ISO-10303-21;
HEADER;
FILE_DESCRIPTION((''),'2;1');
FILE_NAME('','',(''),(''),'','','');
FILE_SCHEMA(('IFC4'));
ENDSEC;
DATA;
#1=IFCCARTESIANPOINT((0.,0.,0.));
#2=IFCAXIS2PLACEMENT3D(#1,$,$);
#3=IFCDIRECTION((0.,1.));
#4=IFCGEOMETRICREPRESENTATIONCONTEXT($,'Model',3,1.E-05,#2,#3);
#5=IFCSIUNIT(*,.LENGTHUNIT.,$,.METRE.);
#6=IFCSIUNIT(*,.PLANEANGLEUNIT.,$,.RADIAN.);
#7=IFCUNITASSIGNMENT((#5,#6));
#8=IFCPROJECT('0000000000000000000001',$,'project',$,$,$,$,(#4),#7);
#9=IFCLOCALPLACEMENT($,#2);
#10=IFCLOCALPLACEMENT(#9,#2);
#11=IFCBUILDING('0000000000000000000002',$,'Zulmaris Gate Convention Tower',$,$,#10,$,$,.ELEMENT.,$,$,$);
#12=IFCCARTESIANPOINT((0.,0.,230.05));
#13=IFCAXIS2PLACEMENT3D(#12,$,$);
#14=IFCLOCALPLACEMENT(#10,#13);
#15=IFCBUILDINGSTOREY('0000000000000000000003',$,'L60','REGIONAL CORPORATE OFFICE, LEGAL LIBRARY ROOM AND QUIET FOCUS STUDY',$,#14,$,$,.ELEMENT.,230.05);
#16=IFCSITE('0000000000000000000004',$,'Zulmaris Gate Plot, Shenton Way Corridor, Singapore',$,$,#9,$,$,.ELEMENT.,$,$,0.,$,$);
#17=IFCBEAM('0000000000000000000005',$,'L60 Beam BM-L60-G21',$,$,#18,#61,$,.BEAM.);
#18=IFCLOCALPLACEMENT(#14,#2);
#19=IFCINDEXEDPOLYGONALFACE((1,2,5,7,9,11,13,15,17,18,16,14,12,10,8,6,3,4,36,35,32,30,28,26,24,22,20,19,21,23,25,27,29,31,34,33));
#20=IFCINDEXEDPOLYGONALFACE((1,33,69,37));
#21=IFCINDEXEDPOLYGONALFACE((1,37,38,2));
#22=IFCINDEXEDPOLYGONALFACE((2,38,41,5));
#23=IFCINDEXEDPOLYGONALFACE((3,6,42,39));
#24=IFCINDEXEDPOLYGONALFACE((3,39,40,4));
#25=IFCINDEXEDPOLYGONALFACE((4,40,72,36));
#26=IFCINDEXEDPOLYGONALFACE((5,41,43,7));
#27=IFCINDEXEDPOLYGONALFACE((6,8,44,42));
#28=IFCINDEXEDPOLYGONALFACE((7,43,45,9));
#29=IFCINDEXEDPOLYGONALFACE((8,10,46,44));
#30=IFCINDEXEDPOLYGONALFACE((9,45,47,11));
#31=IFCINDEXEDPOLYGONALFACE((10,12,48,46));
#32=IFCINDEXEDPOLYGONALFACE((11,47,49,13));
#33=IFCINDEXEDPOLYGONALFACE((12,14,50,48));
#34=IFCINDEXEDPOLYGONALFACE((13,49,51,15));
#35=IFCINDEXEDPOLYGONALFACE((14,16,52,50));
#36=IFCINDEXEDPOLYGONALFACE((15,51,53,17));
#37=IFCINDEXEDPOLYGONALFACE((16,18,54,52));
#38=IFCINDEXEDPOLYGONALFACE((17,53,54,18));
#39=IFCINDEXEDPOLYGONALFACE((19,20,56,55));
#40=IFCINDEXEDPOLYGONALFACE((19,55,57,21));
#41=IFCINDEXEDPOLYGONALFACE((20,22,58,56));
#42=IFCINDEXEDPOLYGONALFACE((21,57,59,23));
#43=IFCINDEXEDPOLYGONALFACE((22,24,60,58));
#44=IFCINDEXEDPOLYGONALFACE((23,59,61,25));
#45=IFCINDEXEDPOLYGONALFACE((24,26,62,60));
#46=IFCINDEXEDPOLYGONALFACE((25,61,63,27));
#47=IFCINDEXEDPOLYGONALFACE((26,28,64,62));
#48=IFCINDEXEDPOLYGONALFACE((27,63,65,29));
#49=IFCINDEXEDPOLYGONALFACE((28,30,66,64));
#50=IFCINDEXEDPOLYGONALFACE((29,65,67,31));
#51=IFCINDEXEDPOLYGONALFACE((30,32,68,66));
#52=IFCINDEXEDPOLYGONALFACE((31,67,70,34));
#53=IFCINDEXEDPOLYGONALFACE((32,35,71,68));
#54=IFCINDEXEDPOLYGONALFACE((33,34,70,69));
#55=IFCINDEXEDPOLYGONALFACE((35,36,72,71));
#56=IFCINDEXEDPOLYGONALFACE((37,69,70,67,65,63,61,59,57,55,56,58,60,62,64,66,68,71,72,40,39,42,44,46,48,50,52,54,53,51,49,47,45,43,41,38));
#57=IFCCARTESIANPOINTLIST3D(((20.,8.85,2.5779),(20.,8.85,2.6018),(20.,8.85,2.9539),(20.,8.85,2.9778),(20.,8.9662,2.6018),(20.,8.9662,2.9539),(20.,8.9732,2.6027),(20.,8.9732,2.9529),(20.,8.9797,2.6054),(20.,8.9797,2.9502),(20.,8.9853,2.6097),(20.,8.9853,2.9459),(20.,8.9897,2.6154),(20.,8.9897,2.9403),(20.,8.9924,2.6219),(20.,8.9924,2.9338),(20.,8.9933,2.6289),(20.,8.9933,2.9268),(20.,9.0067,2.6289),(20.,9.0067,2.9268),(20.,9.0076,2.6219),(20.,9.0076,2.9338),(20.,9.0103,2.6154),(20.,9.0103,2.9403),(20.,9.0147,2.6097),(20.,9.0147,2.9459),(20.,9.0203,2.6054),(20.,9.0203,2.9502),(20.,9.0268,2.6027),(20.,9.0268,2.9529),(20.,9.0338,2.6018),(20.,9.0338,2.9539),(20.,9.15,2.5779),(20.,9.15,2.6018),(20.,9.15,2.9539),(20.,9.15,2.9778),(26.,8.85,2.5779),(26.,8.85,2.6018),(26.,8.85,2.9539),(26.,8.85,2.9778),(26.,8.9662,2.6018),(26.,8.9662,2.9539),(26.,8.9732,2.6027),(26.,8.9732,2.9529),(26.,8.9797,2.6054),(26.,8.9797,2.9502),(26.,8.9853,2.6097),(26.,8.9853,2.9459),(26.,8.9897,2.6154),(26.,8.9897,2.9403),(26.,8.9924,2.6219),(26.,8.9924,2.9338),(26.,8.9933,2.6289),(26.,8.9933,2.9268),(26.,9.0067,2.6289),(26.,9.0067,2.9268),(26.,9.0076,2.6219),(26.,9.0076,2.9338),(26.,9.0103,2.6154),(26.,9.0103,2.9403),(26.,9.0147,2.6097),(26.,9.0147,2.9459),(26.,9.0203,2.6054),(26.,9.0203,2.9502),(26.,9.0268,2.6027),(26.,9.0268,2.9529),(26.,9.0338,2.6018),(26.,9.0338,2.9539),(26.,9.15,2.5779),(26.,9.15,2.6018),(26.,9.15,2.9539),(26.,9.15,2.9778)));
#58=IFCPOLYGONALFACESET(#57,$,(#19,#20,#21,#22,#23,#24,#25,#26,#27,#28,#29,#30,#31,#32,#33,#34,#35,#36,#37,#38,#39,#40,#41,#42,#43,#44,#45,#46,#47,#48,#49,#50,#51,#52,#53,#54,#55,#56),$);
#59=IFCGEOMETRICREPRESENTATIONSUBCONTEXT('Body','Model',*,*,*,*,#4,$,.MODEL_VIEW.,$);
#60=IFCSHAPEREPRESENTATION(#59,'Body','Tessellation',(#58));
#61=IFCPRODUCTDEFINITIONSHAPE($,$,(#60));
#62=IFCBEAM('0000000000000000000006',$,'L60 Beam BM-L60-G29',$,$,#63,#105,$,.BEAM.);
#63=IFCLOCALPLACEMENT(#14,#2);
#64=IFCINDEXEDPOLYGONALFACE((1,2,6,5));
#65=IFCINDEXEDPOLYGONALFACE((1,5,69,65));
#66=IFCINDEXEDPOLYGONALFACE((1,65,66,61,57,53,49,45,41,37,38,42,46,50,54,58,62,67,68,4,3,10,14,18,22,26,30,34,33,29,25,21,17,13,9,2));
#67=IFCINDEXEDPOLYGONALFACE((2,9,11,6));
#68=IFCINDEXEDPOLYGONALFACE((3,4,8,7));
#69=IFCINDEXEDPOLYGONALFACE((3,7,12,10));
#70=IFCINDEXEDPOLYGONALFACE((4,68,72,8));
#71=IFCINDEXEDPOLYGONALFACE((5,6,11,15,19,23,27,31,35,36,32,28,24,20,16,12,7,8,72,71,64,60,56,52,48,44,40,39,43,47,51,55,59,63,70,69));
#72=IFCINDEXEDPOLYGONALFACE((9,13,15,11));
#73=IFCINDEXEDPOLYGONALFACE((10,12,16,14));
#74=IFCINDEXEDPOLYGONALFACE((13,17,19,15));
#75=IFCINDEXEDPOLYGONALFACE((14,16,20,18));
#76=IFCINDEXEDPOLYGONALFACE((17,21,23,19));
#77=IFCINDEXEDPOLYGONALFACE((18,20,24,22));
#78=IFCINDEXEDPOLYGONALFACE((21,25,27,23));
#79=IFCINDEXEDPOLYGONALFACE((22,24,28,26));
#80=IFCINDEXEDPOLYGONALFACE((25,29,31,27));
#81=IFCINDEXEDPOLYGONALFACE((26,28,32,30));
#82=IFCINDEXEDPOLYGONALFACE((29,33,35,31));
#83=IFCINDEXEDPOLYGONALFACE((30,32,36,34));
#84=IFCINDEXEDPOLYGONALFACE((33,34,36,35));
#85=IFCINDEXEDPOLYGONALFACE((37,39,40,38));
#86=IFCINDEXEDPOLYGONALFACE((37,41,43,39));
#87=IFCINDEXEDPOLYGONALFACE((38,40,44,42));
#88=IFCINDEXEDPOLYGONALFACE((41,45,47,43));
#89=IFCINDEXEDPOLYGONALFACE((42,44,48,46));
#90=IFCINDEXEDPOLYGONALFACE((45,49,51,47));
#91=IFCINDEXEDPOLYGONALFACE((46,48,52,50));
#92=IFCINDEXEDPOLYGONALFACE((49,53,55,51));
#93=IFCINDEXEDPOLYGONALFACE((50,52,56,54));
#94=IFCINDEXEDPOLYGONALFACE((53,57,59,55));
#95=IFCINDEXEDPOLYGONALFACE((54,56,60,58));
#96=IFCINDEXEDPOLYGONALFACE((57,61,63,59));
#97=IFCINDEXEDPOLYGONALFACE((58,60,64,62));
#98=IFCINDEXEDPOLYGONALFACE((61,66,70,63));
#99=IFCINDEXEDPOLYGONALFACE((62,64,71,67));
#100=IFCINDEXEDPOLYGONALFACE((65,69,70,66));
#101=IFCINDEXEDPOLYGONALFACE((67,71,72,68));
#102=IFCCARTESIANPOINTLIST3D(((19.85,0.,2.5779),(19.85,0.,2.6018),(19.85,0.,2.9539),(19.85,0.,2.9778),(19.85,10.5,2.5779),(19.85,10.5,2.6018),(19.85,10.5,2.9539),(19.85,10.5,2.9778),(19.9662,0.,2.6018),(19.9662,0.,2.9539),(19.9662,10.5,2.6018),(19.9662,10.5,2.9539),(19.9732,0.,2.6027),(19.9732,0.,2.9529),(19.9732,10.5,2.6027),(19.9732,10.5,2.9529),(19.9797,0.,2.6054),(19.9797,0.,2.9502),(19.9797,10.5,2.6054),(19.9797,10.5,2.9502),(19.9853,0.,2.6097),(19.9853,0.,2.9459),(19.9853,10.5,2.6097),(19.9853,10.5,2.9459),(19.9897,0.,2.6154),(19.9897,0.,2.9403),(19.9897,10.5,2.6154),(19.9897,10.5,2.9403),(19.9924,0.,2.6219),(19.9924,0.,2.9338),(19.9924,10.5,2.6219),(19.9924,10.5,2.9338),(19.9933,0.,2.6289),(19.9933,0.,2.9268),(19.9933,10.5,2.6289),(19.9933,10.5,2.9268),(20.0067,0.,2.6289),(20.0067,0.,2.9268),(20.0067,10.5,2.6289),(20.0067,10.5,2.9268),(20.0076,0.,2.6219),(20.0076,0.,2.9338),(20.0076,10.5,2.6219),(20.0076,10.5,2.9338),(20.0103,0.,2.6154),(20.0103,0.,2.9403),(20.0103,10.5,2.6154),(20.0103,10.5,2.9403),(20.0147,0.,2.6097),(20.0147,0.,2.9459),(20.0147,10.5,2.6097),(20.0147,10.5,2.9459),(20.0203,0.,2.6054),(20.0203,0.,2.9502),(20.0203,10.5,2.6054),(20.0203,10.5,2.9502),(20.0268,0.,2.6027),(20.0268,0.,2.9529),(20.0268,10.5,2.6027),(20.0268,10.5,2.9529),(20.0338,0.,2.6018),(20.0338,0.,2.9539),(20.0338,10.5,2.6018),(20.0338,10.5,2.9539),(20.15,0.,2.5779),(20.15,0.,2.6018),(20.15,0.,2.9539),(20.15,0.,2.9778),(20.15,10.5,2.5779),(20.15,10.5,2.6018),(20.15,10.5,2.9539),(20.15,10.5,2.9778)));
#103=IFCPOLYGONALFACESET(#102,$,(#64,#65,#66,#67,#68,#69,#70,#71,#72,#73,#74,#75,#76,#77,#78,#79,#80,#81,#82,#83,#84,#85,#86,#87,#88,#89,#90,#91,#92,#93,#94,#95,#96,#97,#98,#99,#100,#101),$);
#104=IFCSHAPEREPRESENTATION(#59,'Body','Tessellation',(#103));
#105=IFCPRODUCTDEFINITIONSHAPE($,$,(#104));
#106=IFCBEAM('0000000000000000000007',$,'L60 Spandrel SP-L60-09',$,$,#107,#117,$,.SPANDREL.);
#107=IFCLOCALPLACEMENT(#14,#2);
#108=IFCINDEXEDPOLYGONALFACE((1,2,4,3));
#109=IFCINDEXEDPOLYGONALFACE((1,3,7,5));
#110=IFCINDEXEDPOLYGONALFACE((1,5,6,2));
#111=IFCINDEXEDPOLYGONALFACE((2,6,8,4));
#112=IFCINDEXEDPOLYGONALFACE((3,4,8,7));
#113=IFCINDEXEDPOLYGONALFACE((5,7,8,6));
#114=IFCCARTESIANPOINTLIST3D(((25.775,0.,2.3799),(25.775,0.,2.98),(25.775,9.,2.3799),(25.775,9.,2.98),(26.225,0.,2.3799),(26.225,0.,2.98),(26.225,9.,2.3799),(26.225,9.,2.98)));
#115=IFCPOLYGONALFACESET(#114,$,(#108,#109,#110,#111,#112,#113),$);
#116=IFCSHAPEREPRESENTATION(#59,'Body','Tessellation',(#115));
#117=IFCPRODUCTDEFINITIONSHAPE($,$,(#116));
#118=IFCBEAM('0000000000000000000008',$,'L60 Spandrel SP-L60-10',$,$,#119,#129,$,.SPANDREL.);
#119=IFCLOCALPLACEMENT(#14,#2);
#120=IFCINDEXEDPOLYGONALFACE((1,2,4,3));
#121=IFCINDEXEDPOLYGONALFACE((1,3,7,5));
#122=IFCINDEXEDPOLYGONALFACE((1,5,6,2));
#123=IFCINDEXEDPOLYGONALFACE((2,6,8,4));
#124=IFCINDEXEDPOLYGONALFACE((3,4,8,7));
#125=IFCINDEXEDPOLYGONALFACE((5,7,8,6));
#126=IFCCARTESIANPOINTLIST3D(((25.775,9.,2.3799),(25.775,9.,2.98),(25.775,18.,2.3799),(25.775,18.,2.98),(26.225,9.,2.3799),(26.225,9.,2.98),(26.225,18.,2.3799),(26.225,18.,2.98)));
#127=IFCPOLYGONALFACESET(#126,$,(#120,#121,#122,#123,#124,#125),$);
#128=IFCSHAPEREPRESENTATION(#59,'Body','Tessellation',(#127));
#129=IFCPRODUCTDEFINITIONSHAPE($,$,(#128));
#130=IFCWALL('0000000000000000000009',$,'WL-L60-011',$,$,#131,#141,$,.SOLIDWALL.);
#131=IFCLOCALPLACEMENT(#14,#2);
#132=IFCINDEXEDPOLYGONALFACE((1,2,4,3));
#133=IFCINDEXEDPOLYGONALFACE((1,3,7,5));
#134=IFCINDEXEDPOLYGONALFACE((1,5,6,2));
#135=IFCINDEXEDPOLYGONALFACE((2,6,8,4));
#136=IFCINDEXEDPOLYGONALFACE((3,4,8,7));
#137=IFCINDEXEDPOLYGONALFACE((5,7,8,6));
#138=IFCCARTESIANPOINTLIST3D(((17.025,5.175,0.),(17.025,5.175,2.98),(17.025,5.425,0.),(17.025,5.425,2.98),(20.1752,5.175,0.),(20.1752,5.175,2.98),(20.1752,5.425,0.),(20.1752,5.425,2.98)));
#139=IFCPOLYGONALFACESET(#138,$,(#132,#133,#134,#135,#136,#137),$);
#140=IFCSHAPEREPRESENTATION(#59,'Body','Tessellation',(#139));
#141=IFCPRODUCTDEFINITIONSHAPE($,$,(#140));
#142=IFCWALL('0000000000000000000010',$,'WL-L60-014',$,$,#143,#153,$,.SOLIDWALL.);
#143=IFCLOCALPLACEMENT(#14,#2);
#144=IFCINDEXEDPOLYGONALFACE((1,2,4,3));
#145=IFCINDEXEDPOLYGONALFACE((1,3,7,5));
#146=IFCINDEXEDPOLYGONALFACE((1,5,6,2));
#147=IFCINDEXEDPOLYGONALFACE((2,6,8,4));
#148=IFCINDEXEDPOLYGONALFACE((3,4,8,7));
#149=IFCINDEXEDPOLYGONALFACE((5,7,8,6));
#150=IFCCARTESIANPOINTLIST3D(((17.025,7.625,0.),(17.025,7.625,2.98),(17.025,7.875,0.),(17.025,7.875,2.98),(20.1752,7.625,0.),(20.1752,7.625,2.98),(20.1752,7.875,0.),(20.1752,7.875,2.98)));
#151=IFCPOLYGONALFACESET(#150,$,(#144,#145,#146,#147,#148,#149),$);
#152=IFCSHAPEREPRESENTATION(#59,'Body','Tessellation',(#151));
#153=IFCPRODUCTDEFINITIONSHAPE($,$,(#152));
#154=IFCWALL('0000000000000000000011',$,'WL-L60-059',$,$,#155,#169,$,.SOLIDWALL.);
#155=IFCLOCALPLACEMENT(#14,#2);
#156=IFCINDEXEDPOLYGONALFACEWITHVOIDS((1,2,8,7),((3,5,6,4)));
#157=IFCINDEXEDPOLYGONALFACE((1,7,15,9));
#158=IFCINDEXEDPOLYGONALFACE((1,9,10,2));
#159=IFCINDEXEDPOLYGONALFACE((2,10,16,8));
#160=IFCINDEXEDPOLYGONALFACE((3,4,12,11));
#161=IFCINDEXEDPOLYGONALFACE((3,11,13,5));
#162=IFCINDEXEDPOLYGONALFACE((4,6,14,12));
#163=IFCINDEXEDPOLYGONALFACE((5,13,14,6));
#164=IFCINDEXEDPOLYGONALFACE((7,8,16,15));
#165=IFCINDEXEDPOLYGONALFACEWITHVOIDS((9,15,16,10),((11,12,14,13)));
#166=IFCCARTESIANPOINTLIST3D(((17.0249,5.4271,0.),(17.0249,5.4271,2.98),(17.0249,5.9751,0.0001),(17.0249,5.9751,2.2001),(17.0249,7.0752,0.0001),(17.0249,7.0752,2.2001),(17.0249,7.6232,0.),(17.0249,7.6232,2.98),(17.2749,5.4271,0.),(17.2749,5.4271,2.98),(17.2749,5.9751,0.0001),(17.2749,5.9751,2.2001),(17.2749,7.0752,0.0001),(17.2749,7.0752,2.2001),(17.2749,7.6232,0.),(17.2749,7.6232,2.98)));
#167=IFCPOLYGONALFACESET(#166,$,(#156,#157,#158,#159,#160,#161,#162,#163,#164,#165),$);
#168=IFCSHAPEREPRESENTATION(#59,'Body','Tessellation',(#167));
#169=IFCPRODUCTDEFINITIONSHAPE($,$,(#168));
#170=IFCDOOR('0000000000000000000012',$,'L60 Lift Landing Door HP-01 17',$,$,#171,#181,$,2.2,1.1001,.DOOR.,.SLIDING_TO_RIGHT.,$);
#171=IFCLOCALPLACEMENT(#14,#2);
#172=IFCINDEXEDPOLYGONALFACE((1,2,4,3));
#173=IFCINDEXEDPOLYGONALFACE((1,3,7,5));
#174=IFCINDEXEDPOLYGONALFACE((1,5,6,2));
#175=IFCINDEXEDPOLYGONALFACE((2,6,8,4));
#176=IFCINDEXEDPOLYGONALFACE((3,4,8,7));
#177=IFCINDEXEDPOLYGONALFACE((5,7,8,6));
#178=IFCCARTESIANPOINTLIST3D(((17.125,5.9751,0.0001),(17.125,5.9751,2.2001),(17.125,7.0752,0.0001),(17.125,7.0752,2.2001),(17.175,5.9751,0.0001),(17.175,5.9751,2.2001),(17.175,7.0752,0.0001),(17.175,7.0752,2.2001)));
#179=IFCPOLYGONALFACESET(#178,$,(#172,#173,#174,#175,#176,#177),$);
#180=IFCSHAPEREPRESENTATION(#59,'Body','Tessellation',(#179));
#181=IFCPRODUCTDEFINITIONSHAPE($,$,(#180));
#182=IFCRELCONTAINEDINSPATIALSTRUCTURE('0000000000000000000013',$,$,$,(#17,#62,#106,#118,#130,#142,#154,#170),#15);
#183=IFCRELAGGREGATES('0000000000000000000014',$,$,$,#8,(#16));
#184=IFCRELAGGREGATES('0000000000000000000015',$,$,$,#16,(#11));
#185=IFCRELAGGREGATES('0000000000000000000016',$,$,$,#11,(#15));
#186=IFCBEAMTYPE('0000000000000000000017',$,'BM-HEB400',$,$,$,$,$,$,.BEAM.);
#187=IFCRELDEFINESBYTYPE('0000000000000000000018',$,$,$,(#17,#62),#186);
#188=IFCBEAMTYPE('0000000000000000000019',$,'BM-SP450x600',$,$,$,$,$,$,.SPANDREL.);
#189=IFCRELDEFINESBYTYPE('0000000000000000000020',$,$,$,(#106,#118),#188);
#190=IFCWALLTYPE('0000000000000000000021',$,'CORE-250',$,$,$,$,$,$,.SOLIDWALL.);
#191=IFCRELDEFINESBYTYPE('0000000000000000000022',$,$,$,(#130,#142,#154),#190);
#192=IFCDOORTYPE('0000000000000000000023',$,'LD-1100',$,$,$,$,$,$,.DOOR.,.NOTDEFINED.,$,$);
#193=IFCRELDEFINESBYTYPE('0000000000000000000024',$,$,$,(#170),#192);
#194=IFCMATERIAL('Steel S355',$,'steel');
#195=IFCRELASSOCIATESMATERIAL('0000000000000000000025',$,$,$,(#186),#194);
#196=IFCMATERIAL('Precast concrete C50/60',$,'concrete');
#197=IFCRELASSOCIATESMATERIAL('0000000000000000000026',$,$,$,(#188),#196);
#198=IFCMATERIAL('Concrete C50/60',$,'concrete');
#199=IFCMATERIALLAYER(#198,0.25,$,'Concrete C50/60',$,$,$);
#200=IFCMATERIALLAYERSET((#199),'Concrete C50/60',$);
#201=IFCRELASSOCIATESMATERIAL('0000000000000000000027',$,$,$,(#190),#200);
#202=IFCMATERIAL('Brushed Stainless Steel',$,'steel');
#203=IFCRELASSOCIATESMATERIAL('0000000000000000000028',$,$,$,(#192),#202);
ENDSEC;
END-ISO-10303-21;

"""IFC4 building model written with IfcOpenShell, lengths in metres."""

from ifc_helpers import new_model, si_unit, direction, frame, frame_2d, origin, origin_2d, place, context, subcontext, project, spatial, rectangle, i_section, extrude, material, layer, layer_set, material_profile, profile_set, type_object, element, fill, save


model = new_model("IFC4")

# Units and contexts
model_context = context("Model", 3, precision=1e-05, world=origin(), true_north=direction((0.0, 1.0)))
body_context = subcontext(model_context, "Body", "Model", "MODEL_VIEW")
ifc_project = project(units=[si_unit("LENGTHUNIT", "METRE"), si_unit("PLANEANGLEUNIT", "RADIAN")], contexts=[model_context])

# Site, building, storey
site_placement = place(None, origin())
site = spatial("IfcSite", under=ifc_project, at=site_placement, Name="Zulmaris Gate Plot, Shenton Way Corridor, Singapore", CompositionType="ELEMENT", RefElevation=0.0)
building_placement = place(site_placement, origin())
building = spatial("IfcBuilding", under=site, at=building_placement, Name="Zulmaris Gate Convention Tower", CompositionType="ELEMENT")
storey_placement = place(building_placement, frame((0.0, 0.0, 230.05)))
storey = spatial("IfcBuildingStorey", under=building, at=storey_placement, Name="L60", Description="REGIONAL CORPORATE OFFICE, LEGAL LIBRARY ROOM AND QUIET FOCUS STUDY", CompositionType="ELEMENT", Elevation=230.05)

# Shared definitions
ifc_material_1 = material(Name="Concrete C50/60", Category="concrete")

# Beams
ifc_material_2 = material(Name="Steel S355", Category="steel")
ifc_material_profile_1 = material_profile(ifc_material_2, i_section(OverallWidth=0.3, OverallDepth=0.3999, WebThickness=0.0134, FlangeThickness=0.0239, FilletRadius=0.0271, at=origin_2d()), Name="HEB 400")
ifc_profile_set_1 = profile_set([ifc_material_profile_1], Name="Steel S355")
beam_type_1 = type_object("IfcBeamType", Name="BM-HEB400", PredefinedType="BEAM", material=ifc_profile_set_1)
for number, where, z_axis, x_axis, name in (
    (1, (20.0, 9.0, 2.7778), (1.0, 0.0, 0.0), (0.0, 1.0, 0.0), "L60 Beam BM-L60-G21"),
):
    element("IfcBeam", number, at=place(storey_placement, frame(where, z_axis=z_axis, x_axis=x_axis)), inside=storey, type_object=beam_type_1, Name=name, PredefinedType="BEAM", context=body_context, shape_type="SweptSolid", body=[
        extrude(i_section(OverallWidth=0.3, OverallDepth=0.3999, WebThickness=0.0134, FlangeThickness=0.0239, FilletRadius=0.0271, at=origin_2d()), origin(), (0.0, 0.0, 1.0), 6.0),
    ])
beam_placement = place(storey_placement, frame((20.0, 0.0, 2.7778), z_axis=(0.0, 1.0, 0.0), x_axis=(-1.0, 0.0, 0.0)))
element("IfcBeam", 2, at=beam_placement, inside=storey, type_object=beam_type_1, Name="L60 Beam BM-L60-G29", PredefinedType="BEAM", context=body_context, shape_type="SweptSolid", body=[
    extrude(i_section(OverallWidth=0.3, OverallDepth=0.3999, WebThickness=0.0134, FlangeThickness=0.0239, FilletRadius=0.0271, at=origin_2d()), origin(), (0.0, 0.0, 1.0), 10.5),
])
ifc_material_3 = material(Name="Precast concrete C50/60", Category="concrete")
ifc_material_profile_2 = material_profile(ifc_material_3, rectangle(XDim=0.45, YDim=0.6001, at=origin_2d()), Name="RC SPANDREL 450x600")
ifc_profile_set_2 = profile_set([ifc_material_profile_2], Name="Precast concrete C50/60")
beam_type_2 = type_object("IfcBeamType", Name="BM-SP450x600", PredefinedType="SPANDREL", material=ifc_profile_set_2)
for number, where, z_axis, x_axis, name in (
    (3, (26.0, 0.0, 2.6799), (0.0, 1.0, 0.0), (-1.0, 0.0, 0.0), "L60 Spandrel SP-L60-09"),
    (4, (26.0, 9.0, 2.6799), (0.0, 1.0, 0.0), (-1.0, 0.0, 0.0), "L60 Spandrel SP-L60-10"),
):
    element("IfcBeam", number, at=place(storey_placement, frame(where, z_axis=z_axis, x_axis=x_axis)), inside=storey, type_object=beam_type_2, Name=name, PredefinedType="SPANDREL", context=body_context, shape_type="SweptSolid", body=[
        extrude(rectangle(XDim=0.45, YDim=0.6001, at=origin_2d()), origin(), (0.0, 0.0, 1.0), 9.0),
    ])

# Walls
ifc_layer_1 = layer(ifc_material_1, 0.25, Name="Concrete C50/60")
ifc_layer_set_1 = layer_set([ifc_layer_1], Name="Concrete C50/60")
wall_type_1 = type_object("IfcWallType", Name="CORE-250", PredefinedType="SOLIDWALL", material=ifc_layer_set_1)
for number, where, z_axis, x_axis, name in (
    (5, (17.0249, 5.3, 0.0), (0.0, 0.0, 1.0), (1.0, 0.0, 0.0), "WL-L60-011"),
    (6, (17.0249, 7.75, 0.0), (0.0, 0.0, 1.0), (1.0, 0.0, 0.0), "WL-L60-014"),
):
    element("IfcWall", number, at=place(storey_placement, frame(where, z_axis=z_axis, x_axis=x_axis)), inside=storey, type_object=wall_type_1, Name=name, PredefinedType="SOLIDWALL", context=body_context, shape_type="SweptSolid", body=[
        extrude(rectangle(XDim=3.1501, YDim=0.25, at=frame_2d((1.5752, 0.0))), origin(), (0.0, 0.0, 1.0), 2.98),
    ])

# Wall, opening, door
wall_1_placement = place(storey_placement, frame((17.1499, 5.427, 0.0), z_axis=(0.0, 0.0, 1.0), x_axis=(0.0, 1.0, 0.0)))
wall_1 = element("IfcWall", 7, at=wall_1_placement, inside=storey, type_object=wall_type_1, Name="WL-L60-059", PredefinedType="SOLIDWALL", context=body_context, shape_type="SweptSolid", body=[
    extrude(rectangle(XDim=2.196, YDim=0.25, at=frame_2d((1.0981, 0.0))), origin(), (0.0, 0.0, 1.0), 2.98),
])
opening_1_placement = place(wall_1_placement, frame((0.5481, 0.0, 0.0)))
opening_1 = element("IfcOpeningElement", 8, at=opening_1_placement, cuts=wall_1, PredefinedType="OPENING", context=body_context, shape_type="SweptSolid", body=[
    extrude(rectangle(XDim=1.1001, YDim=2.2, at=frame_2d((0.55, 1.1001))), frame((0.0, 0.135, 0.0), z_axis=(0.0, -1.0, 0.0), x_axis=(1.0, 0.0, 0.0)), (0.0, 0.0, 1.0), 0.27),
])
ifc_material_4 = material(Name="Brushed Stainless Steel", Category="steel")
door_type = type_object("IfcDoorType", Name="LD-1100", OperationType="NOTDEFINED", PredefinedType="DOOR", material=ifc_material_4)
door_1_placement = place(opening_1_placement, origin())
door_1 = element("IfcDoor", 9, at=door_1_placement, inside=storey, type_object=door_type, Name="L60 Lift Landing Door HP-01 17", OperationType="SLIDING_TO_RIGHT", OverallHeight=2.2, OverallWidth=1.1001, PredefinedType="DOOR", context=body_context, shape_type="SweptSolid", body=[
    extrude(rectangle(XDim=1.1001, YDim=2.2, at=frame_2d((0.55, 1.1001))), frame((0.0, 0.0249, 0.0), z_axis=(0.0, -1.0, 0.0), x_axis=(1.0, 0.0, 0.0)), (0.0, 0.0, 1.0), 0.05),
])
fill(opening_1, door_1)

save(model, "model.ifc")
